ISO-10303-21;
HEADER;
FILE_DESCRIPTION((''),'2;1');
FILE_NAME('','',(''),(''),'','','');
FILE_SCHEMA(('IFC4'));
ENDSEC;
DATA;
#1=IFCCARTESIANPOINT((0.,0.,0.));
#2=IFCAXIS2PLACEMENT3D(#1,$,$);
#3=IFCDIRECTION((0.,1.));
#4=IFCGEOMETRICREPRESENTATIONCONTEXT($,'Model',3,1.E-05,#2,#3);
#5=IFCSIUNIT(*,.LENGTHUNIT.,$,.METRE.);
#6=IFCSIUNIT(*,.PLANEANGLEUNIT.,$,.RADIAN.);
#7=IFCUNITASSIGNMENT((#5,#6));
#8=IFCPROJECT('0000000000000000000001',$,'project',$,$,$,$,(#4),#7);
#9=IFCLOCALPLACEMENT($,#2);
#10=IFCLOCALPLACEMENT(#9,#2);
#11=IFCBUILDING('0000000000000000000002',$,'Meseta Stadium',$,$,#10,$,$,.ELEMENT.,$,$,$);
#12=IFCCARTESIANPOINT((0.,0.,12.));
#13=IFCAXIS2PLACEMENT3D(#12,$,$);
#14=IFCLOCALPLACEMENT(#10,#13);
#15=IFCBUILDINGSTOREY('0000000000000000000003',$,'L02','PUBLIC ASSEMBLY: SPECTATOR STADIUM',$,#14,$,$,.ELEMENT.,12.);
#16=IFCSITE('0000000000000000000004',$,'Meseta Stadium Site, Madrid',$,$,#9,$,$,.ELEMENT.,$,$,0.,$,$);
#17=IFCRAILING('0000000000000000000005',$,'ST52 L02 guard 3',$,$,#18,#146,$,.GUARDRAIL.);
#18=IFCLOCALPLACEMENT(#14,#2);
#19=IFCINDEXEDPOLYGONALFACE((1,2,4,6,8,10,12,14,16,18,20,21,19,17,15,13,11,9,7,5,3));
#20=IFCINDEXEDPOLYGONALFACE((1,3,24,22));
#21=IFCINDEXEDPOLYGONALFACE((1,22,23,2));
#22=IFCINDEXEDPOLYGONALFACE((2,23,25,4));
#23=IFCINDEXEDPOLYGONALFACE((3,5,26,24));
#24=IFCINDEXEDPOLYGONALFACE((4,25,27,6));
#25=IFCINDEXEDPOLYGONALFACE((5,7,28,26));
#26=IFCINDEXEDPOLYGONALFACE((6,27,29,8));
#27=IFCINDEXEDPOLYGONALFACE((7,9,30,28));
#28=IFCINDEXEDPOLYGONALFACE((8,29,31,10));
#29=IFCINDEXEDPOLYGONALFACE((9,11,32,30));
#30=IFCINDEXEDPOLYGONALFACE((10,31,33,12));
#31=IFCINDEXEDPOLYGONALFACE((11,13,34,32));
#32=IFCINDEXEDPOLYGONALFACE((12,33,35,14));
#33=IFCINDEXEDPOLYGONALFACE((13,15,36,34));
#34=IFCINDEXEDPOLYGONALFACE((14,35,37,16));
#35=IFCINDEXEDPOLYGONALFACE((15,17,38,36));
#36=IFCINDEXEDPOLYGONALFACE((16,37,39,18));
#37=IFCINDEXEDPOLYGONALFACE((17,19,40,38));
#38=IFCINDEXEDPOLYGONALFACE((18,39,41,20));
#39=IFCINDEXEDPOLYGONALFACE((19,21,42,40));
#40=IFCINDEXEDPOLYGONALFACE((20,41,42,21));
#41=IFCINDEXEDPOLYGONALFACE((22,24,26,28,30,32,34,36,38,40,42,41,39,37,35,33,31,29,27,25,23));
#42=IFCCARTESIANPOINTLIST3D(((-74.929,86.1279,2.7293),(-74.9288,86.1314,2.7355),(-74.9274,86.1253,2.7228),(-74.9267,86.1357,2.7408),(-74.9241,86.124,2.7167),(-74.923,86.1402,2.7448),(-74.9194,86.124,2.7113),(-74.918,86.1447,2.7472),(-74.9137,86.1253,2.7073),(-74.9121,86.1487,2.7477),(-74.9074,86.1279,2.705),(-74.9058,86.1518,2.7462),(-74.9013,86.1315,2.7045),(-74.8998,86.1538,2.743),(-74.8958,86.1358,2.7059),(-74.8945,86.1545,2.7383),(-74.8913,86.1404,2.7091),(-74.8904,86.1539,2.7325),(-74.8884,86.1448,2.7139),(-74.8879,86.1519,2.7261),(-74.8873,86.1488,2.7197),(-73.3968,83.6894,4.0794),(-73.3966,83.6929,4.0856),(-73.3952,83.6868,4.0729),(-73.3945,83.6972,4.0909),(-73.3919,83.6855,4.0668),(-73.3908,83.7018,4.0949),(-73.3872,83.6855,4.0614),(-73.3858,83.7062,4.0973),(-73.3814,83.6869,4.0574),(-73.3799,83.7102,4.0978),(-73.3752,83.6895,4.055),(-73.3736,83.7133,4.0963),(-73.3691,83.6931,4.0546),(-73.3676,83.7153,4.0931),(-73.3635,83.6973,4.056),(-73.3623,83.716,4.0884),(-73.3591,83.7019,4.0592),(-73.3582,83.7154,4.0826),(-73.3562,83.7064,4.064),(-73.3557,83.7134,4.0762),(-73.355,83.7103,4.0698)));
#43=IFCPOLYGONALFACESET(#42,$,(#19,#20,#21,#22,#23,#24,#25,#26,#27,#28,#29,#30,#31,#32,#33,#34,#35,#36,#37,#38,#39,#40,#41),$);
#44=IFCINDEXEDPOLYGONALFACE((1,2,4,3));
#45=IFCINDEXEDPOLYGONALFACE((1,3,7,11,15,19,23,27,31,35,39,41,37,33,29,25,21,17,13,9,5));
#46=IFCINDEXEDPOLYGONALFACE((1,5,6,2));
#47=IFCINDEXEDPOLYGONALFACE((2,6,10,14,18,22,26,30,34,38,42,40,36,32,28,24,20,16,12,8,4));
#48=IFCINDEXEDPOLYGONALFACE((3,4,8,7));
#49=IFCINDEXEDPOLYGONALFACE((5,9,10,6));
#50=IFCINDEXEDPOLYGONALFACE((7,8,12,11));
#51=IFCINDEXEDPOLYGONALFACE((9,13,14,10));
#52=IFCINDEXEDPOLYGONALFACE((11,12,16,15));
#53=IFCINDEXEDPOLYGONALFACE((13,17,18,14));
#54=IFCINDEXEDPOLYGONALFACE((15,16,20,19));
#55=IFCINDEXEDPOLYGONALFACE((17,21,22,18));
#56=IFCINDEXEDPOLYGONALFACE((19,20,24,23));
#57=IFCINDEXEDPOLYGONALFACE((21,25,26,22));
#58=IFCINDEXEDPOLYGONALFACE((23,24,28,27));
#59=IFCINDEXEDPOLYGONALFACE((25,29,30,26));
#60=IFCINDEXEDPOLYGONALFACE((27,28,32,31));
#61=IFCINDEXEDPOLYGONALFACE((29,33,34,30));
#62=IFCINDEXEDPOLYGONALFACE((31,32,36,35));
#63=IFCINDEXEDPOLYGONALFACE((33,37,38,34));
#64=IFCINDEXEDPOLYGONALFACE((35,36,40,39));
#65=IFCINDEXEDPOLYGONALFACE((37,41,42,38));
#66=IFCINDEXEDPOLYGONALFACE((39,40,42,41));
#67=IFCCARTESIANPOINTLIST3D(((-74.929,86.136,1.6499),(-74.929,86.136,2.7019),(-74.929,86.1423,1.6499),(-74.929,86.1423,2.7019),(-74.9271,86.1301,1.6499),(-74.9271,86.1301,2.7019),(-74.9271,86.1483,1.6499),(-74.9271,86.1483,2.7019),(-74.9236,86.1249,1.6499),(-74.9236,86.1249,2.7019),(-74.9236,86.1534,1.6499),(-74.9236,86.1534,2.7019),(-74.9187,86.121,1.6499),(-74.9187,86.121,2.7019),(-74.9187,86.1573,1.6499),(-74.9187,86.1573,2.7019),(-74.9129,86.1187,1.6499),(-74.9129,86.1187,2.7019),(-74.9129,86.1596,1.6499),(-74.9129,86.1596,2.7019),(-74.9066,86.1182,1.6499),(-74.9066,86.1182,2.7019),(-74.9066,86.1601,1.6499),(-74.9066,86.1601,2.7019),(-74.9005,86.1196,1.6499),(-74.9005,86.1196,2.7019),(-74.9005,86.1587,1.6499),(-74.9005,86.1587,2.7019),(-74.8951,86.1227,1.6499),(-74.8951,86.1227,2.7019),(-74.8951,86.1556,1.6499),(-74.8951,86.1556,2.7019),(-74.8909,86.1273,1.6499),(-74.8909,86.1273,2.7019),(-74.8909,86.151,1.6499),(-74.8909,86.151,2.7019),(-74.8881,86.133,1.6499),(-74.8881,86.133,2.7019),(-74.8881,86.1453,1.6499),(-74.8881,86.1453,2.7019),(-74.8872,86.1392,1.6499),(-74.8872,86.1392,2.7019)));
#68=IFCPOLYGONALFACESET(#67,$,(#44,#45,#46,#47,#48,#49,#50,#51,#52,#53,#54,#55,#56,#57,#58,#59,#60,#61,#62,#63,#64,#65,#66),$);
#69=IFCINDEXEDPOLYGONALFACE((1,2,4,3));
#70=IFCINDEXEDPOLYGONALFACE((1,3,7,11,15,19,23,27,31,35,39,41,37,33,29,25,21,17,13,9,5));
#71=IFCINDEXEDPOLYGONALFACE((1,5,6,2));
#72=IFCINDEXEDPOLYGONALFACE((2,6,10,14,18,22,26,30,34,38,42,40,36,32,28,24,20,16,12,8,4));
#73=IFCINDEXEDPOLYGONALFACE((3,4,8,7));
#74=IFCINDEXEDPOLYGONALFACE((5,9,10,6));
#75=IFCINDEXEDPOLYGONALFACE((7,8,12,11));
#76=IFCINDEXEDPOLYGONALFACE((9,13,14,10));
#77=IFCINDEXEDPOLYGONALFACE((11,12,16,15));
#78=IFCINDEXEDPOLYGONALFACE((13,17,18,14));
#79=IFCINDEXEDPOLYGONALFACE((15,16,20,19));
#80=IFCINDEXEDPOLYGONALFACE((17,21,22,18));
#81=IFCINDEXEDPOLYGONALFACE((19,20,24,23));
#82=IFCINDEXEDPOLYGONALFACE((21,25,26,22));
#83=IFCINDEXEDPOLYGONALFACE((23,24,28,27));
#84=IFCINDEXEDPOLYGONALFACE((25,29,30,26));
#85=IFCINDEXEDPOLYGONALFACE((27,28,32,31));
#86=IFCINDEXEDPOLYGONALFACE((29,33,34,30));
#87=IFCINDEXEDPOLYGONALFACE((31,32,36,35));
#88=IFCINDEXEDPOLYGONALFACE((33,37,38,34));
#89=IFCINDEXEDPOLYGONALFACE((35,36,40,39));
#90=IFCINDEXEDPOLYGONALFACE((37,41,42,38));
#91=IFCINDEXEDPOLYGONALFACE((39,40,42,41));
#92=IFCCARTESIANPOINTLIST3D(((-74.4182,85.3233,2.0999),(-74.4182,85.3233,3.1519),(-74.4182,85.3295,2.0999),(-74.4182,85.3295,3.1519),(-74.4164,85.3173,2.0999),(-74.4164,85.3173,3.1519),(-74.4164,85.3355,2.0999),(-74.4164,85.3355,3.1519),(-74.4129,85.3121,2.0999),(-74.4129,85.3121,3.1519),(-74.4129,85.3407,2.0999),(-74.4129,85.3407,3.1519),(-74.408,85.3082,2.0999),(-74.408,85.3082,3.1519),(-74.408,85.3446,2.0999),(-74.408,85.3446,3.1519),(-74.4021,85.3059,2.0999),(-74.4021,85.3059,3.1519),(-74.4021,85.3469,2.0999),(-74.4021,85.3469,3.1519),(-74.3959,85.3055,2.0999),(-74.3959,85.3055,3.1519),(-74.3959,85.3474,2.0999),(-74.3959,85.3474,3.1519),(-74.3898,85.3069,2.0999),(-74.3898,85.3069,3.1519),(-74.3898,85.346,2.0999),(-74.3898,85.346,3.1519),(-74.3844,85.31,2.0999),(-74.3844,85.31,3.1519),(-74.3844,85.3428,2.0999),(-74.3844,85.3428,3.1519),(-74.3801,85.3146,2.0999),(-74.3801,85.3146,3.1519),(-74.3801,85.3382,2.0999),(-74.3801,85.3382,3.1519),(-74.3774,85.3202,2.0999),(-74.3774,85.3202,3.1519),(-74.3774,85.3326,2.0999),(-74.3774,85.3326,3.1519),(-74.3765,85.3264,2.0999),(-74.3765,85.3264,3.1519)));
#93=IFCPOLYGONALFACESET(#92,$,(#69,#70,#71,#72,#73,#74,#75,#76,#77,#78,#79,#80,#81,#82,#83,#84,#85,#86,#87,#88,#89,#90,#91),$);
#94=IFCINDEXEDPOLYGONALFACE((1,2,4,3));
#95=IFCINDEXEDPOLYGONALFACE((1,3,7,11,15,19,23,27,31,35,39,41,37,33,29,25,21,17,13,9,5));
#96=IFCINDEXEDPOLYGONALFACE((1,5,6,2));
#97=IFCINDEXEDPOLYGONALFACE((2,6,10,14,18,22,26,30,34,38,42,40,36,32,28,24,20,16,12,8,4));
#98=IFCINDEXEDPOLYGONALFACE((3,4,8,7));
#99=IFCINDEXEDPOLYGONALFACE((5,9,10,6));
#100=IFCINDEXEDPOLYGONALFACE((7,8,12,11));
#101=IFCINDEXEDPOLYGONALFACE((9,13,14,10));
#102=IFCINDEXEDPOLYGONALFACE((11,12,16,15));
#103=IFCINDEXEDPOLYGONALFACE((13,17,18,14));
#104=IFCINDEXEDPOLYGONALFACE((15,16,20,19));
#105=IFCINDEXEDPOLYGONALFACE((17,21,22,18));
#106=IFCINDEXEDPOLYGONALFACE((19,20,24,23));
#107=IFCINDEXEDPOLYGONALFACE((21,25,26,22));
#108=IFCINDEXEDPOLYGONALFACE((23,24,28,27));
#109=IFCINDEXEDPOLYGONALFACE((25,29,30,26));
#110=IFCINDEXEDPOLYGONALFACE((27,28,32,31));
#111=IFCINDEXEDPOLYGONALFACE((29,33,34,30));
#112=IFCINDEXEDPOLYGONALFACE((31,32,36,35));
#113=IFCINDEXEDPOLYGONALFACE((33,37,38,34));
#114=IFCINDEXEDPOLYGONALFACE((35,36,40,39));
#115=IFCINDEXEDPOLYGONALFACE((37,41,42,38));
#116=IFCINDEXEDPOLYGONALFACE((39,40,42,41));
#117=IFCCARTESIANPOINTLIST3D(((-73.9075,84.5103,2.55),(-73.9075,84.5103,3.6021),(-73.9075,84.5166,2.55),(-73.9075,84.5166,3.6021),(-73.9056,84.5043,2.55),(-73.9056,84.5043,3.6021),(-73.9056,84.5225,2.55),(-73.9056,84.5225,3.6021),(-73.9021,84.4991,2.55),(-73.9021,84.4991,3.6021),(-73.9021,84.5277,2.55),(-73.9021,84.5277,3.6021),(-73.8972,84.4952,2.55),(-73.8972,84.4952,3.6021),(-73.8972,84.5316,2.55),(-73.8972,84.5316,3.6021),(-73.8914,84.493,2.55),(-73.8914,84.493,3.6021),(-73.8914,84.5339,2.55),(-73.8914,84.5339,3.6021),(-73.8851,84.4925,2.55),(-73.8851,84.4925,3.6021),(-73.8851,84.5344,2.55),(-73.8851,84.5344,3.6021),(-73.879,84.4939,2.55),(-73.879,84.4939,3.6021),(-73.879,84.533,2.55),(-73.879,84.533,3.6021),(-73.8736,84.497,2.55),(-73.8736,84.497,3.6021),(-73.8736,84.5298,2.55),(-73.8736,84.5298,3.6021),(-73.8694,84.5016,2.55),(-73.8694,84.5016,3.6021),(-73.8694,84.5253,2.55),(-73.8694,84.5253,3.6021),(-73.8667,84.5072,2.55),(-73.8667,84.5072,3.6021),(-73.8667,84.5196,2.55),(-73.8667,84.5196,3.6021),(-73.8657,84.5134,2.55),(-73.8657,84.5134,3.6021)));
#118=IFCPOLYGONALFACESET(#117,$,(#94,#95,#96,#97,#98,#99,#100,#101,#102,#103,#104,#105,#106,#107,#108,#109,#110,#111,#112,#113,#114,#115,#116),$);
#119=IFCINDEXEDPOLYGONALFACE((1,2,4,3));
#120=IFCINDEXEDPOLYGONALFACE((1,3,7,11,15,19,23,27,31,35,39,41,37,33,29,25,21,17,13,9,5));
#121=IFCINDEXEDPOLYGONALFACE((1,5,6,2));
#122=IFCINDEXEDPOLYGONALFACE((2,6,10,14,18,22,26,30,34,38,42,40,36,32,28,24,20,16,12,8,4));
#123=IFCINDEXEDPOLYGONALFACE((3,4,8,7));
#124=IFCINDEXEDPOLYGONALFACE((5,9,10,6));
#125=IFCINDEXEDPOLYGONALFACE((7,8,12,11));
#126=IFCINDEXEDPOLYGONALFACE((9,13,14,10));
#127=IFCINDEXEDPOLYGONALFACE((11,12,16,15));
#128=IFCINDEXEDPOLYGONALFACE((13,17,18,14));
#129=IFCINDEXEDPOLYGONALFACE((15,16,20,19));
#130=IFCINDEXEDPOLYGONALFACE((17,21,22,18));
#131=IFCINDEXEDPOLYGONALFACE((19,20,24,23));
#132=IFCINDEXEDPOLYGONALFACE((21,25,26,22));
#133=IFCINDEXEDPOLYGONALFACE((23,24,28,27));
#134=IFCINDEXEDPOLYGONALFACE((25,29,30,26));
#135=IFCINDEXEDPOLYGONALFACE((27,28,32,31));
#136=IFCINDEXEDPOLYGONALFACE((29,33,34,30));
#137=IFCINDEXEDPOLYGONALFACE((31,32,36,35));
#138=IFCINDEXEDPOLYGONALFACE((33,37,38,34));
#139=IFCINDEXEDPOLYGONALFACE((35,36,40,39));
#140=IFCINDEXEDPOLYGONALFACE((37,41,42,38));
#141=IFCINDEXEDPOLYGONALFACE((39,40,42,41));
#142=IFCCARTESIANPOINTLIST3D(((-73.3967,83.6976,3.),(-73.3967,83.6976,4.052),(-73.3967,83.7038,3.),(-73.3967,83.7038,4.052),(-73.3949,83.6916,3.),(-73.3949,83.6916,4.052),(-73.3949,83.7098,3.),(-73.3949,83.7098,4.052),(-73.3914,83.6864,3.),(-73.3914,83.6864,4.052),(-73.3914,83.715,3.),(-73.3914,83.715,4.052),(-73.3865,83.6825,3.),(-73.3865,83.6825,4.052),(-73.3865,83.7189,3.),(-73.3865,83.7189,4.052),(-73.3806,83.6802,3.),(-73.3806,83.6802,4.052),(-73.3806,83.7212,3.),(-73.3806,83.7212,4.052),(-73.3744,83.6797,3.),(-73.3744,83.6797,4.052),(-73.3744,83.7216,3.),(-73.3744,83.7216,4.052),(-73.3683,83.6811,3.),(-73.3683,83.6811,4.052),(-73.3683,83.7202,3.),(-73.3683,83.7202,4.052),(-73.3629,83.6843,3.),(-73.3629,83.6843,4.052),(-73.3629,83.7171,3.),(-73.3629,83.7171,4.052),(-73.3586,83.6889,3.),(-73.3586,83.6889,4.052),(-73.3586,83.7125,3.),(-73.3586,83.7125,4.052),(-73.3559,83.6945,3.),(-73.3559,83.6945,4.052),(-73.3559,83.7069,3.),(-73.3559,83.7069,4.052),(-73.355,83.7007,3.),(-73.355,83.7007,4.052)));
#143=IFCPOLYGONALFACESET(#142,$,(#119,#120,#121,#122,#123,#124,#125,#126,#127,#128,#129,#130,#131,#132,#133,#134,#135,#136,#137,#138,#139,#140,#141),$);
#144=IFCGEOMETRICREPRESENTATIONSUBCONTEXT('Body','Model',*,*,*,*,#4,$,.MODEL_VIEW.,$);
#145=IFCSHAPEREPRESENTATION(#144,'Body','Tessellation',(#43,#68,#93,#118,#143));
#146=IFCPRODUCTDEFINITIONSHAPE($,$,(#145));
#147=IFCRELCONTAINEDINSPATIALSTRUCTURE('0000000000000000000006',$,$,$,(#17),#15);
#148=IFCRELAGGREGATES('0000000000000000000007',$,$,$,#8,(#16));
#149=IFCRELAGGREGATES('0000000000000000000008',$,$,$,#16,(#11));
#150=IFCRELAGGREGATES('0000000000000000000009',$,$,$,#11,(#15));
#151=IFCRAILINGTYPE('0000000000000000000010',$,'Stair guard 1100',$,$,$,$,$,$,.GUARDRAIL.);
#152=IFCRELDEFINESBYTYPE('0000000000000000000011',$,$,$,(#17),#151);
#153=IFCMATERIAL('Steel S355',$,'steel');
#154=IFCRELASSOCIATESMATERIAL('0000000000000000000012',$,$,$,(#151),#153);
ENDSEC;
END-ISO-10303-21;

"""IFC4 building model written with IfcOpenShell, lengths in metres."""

from ifc_helpers import new_model, si_unit, direction, frame, origin, origin_2d, place, context, subcontext, project, spatial, circle, extrude, material, type_object, element, save


model = new_model("IFC4")

# Units and contexts
model_context = context("Model", 3, precision=1e-05, world=origin(), true_north=direction((0.0, 1.0)))
body_context = subcontext(model_context, "Body", "Model", "MODEL_VIEW")
ifc_project = project(units=[si_unit("LENGTHUNIT", "METRE"), si_unit("PLANEANGLEUNIT", "RADIAN")], contexts=[model_context])

# Site, building, storey
site_placement = place(None, origin())
site = spatial("IfcSite", under=ifc_project, at=site_placement, Name="Meseta Stadium Site, Madrid", CompositionType="ELEMENT", RefElevation=0.0)
building_placement = place(site_placement, origin())
building = spatial("IfcBuilding", under=site, at=building_placement, Name="Meseta Stadium", CompositionType="ELEMENT")
storey_placement = place(building_placement, frame((0.0, 0.0, 12.0)))
storey = spatial("IfcBuildingStorey", under=building, at=storey_placement, Name="L02", Description="PUBLIC ASSEMBLY: SPECTATOR STADIUM", CompositionType="ELEMENT", Elevation=12.0)

# Railing
ifc_material_1 = material(Name="Steel S355", Category="steel")
railing_type_1 = type_object("IfcRailingType", Name="Stair guard 1100", PredefinedType="GUARDRAIL", material=ifc_material_1)
railing_1_placement = place(storey_placement, frame((-74.9082, 86.1392, 1.6499)))
element("IfcRailing", 1, at=railing_1_placement, inside=storey, type_object=railing_type_1, Name="ST52 L02 guard 3", PredefinedType="GUARDRAIL", context=body_context, shape_type="SweptSolid", body=[
    extrude(circle(Radius=0.0239, at=origin_2d()), frame((0.0, 0.0, 1.0762), z_axis=(0.481731, -0.766655, 0.42447), x_axis=(0.846719, 0.53204, 0.0)), (0.0, 0.0, 1.0), 3.1807),
    extrude(circle(Radius=0.021, at=origin_2d()), origin(), (0.0, 0.0, 1.0), 1.052),
    extrude(circle(Radius=0.021, at=origin_2d()), frame((0.5107, -0.8127, 0.45)), (0.0, 0.0, 1.0), 1.052),
    extrude(circle(Radius=0.021, at=origin_2d()), frame((1.0215, -1.6257, 0.9001)), (0.0, 0.0, 1.0), 1.052),
    extrude(circle(Radius=0.021, at=origin_2d()), frame((1.5322, -2.4385, 1.3501)), (0.0, 0.0, 1.0), 1.052),
])

save(model, "model.ifc")
